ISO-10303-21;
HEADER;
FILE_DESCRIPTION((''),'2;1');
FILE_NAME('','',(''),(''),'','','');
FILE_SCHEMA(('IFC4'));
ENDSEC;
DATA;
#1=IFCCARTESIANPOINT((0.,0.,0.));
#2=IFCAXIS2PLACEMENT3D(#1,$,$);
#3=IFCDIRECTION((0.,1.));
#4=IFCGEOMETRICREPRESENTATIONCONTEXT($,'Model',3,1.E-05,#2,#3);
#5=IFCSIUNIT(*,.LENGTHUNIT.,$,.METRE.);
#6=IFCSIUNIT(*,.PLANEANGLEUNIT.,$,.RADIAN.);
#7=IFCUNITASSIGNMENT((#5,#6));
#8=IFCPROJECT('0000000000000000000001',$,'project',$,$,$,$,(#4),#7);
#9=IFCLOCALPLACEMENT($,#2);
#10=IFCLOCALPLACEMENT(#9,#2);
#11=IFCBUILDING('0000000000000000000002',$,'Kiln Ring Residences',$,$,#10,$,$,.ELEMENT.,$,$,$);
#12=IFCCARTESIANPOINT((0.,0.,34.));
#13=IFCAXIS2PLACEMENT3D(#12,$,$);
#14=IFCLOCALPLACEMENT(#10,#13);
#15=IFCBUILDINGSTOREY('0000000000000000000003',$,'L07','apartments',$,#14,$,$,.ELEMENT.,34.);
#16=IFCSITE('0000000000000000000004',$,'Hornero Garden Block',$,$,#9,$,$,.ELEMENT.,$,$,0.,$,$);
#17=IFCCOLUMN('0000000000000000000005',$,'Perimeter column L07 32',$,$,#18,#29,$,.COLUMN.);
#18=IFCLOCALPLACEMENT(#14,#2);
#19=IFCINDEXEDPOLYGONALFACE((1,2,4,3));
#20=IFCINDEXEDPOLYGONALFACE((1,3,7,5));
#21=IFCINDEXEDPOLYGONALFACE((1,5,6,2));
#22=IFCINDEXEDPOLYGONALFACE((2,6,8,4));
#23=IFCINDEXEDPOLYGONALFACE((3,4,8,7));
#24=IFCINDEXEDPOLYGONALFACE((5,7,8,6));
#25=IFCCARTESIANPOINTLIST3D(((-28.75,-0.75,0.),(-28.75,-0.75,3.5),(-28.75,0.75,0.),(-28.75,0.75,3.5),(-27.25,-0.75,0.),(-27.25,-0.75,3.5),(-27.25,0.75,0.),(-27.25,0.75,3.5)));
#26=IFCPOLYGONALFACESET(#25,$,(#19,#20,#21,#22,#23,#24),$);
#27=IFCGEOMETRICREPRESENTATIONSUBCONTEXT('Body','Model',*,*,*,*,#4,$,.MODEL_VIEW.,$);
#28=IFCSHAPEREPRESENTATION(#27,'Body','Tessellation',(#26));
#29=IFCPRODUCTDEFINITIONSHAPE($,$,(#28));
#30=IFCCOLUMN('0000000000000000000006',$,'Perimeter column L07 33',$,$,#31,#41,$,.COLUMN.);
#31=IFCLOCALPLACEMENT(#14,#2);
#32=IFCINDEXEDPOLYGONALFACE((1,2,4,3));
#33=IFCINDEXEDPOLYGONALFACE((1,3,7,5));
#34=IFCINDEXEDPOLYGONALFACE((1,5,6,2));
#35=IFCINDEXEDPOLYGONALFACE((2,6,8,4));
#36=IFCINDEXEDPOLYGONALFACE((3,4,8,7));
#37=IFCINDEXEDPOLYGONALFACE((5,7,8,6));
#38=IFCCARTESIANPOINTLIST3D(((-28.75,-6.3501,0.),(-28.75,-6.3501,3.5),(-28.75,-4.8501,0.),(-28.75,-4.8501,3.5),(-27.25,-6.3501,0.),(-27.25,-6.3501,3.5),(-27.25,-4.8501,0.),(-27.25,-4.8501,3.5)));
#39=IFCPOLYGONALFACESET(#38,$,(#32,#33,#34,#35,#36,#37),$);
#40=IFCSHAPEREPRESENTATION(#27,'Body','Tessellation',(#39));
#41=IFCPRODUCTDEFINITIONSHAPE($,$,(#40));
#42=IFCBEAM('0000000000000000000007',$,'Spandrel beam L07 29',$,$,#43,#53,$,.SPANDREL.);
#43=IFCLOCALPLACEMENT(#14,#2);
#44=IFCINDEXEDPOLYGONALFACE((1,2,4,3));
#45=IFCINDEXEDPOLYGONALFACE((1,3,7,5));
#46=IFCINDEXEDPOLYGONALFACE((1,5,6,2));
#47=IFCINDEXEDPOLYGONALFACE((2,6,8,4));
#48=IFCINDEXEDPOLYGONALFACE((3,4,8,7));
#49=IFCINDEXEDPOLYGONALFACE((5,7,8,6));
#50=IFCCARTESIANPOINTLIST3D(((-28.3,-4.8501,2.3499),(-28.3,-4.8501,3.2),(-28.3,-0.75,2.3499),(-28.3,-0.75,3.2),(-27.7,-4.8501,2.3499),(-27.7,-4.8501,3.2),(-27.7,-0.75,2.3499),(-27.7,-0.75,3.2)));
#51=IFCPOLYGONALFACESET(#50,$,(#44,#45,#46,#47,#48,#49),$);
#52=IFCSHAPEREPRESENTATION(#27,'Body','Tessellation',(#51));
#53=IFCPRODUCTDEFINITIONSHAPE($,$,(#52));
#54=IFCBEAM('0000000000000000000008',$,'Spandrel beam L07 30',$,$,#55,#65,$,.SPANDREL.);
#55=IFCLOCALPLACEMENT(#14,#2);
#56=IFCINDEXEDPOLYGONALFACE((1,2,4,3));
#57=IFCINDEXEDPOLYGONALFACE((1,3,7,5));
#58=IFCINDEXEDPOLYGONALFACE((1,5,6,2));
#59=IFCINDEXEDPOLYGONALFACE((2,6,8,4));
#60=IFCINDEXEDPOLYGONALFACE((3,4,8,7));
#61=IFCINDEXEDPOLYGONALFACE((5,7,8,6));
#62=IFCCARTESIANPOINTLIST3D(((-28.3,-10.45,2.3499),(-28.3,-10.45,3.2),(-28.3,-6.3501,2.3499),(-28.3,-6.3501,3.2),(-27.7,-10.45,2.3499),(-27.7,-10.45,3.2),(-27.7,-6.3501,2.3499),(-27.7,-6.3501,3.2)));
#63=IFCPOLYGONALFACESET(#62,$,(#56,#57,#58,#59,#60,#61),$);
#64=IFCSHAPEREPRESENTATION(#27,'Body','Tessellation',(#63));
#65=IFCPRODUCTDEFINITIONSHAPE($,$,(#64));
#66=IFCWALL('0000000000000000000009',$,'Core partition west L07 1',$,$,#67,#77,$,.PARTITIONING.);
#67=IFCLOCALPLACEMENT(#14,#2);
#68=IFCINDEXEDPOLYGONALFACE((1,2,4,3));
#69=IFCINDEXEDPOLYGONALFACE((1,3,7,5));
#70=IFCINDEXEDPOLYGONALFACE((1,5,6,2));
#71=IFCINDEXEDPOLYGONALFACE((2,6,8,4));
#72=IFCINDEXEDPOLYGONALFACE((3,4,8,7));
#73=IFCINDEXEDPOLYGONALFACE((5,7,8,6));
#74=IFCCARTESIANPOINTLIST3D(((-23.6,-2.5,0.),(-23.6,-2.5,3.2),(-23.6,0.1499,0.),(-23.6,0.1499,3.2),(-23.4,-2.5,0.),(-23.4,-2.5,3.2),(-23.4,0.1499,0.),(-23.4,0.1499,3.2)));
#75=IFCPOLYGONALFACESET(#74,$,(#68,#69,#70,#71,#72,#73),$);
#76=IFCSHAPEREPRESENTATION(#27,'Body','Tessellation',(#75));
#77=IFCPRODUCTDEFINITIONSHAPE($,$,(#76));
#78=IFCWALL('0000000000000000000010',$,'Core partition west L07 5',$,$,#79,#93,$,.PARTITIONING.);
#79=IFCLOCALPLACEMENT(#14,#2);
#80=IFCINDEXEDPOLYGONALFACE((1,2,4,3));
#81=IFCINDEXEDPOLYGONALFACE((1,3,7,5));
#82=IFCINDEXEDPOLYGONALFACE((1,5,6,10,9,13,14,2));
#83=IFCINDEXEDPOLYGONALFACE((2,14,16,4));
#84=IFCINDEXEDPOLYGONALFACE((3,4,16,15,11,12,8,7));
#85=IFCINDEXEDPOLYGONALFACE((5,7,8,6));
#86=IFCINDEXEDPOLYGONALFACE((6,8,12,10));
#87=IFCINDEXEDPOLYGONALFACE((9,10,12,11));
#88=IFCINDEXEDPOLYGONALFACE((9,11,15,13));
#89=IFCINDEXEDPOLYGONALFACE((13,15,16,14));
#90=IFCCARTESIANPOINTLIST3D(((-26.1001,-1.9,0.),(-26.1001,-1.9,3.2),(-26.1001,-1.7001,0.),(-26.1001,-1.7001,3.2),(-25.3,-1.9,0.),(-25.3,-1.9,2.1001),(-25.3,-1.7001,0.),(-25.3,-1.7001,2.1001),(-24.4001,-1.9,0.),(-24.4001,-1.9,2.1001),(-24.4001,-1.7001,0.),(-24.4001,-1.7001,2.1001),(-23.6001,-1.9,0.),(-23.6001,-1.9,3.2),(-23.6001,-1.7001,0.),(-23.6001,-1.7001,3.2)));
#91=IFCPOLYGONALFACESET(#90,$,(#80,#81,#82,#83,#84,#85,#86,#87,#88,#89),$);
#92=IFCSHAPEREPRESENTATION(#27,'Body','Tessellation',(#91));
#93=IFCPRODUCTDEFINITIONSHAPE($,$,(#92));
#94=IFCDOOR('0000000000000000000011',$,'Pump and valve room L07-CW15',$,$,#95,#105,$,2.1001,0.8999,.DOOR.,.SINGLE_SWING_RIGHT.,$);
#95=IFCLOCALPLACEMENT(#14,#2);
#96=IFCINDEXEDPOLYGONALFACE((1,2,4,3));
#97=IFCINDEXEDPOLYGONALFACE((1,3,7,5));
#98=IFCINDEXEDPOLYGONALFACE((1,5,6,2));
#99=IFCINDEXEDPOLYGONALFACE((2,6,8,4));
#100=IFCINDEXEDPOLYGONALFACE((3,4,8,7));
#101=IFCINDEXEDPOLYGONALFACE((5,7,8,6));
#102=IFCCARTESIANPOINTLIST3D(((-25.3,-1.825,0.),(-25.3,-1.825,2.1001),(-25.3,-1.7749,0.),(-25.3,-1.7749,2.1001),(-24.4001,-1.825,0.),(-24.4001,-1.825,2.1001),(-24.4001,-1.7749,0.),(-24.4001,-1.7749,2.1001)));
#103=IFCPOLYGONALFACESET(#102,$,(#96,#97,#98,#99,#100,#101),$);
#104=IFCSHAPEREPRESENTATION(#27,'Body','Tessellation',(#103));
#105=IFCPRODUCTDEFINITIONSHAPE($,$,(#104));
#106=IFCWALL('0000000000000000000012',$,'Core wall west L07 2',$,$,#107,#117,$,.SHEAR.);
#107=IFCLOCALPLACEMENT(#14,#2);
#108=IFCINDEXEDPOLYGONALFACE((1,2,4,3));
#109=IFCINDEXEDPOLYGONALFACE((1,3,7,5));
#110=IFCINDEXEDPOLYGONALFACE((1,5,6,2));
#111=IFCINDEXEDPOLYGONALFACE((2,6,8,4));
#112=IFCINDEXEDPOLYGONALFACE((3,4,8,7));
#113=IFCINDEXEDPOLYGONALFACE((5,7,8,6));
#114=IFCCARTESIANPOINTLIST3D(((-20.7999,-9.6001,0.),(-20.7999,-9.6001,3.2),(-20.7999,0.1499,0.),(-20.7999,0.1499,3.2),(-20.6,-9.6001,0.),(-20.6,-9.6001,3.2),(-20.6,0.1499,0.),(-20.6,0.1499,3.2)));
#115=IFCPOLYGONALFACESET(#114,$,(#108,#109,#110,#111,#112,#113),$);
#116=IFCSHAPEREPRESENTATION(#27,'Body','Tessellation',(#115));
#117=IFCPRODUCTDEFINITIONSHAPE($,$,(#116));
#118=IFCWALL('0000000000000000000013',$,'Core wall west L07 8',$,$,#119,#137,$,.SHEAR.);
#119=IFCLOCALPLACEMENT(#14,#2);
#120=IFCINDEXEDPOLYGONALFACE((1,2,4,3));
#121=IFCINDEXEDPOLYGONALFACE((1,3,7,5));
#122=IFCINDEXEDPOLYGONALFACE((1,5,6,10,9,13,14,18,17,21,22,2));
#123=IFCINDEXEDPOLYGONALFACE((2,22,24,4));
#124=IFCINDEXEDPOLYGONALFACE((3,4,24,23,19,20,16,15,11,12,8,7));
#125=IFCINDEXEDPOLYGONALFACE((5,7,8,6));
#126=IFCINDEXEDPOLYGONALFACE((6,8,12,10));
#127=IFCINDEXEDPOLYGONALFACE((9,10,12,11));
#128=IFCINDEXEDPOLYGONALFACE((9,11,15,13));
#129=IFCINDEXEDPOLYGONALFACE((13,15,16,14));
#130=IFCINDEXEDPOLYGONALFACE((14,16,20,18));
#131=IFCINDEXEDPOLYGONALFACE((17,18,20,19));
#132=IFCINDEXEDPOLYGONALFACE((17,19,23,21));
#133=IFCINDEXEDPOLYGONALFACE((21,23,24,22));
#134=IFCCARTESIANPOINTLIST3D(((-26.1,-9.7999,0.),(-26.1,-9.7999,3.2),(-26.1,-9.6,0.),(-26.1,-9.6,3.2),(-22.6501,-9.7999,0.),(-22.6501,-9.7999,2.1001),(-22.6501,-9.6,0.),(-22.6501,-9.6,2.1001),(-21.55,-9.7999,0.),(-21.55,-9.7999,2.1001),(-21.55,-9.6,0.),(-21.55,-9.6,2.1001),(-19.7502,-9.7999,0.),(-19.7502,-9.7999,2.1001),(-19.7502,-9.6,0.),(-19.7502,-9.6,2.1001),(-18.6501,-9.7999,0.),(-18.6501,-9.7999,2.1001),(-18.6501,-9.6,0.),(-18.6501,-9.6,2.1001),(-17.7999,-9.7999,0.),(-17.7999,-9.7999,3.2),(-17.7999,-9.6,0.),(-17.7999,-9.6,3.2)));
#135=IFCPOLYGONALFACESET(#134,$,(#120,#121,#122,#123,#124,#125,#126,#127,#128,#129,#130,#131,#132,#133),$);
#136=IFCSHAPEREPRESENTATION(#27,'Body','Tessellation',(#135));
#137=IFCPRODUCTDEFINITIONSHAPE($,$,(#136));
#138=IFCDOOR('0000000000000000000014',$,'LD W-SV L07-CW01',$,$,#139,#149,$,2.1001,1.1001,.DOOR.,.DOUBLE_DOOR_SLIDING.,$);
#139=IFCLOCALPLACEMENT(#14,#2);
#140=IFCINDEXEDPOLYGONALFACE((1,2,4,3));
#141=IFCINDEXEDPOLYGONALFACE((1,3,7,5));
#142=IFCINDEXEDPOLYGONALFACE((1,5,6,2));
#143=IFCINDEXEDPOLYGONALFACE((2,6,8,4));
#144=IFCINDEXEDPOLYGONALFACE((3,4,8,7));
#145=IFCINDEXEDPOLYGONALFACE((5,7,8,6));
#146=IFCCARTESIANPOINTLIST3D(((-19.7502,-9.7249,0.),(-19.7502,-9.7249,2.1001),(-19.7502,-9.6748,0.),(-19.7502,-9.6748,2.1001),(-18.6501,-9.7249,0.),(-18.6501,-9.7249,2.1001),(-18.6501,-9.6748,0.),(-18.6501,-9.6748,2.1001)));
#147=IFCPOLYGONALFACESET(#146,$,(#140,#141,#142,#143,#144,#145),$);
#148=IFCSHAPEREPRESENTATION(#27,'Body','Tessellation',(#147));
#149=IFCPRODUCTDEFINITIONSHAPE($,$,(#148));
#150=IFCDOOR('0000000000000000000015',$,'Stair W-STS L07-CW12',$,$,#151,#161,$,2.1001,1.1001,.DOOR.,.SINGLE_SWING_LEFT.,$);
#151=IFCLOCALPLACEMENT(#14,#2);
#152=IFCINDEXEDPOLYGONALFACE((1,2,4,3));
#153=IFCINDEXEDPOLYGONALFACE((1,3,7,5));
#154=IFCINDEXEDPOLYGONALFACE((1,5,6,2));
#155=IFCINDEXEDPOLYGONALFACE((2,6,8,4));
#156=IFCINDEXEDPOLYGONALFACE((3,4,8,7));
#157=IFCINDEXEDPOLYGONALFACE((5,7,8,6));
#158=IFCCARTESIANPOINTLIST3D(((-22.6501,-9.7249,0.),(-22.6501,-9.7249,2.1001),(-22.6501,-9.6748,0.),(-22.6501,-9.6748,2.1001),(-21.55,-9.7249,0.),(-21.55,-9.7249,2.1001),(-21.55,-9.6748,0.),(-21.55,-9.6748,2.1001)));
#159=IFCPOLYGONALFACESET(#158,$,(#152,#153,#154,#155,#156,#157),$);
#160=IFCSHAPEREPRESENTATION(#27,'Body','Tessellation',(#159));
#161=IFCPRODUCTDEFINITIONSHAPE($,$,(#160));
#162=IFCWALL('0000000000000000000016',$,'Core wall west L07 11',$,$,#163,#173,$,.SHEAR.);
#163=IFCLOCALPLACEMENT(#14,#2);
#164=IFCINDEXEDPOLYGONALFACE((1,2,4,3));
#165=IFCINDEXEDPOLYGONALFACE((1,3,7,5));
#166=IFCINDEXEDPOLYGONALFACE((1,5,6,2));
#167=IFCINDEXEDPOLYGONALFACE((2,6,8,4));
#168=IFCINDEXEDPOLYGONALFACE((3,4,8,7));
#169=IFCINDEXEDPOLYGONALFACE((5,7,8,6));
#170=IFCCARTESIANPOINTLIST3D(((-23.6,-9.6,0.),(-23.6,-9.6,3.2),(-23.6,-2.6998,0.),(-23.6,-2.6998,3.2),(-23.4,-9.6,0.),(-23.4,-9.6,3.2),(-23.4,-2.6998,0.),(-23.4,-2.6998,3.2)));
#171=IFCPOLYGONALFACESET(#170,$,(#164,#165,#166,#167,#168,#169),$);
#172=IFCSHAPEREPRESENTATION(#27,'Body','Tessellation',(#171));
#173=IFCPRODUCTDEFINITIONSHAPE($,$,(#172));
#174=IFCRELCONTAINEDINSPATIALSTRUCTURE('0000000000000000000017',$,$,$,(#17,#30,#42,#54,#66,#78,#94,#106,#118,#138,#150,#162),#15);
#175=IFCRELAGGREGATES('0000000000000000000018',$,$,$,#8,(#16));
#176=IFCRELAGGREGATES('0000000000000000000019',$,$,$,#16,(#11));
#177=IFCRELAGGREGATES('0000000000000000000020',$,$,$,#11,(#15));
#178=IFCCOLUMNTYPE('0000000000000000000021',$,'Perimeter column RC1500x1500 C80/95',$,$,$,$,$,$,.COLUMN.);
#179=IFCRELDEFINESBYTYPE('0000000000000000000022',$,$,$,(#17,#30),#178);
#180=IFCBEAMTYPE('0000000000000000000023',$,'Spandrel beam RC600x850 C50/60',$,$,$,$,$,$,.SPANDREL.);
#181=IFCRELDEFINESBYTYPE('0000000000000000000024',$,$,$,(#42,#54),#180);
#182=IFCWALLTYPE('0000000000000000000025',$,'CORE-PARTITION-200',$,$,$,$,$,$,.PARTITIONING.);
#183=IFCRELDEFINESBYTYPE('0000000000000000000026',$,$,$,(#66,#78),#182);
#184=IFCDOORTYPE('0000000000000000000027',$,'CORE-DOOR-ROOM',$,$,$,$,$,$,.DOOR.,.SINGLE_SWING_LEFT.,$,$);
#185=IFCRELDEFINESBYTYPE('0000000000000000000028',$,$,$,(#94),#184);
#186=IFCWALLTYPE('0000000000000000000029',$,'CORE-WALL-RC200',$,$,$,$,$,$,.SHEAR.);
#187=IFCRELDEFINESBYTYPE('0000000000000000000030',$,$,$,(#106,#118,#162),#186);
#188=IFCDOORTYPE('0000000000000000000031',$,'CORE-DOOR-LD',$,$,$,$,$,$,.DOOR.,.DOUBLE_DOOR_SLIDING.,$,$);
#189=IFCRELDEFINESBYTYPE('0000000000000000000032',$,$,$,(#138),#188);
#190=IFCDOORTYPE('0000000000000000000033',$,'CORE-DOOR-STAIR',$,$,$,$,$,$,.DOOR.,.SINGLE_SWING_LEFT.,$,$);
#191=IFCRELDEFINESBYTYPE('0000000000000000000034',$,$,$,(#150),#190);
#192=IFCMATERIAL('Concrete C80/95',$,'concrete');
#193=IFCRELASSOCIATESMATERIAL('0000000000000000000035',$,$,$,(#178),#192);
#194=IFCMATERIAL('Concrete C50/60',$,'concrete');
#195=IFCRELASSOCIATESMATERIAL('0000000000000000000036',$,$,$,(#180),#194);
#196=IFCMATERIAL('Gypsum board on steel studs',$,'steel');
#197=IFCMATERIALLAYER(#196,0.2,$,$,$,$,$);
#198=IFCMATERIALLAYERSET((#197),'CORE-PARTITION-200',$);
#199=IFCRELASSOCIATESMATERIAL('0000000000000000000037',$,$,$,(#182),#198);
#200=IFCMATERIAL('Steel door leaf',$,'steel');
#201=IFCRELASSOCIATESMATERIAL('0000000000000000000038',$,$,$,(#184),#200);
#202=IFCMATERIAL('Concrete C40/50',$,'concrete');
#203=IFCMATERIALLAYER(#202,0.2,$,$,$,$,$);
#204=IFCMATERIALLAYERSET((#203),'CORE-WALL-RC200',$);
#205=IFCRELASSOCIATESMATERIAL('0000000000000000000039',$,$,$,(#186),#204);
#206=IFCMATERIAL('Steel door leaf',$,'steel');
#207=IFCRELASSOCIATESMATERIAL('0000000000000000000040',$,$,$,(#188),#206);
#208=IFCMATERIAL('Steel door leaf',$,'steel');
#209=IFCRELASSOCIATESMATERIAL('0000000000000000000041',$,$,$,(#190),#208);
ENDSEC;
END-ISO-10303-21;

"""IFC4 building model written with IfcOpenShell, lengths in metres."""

from ifc_helpers import new_model, si_unit, direction, frame, frame_2d, origin, origin_2d, place, context, subcontext, project, spatial, rectangle, extrude, material, layer, layer_set, material_profile, profile_set, type_object, element, fill, save


model = new_model("IFC4")

# Units and contexts
model_context = context("Model", 3, precision=1e-05, world=origin(), true_north=direction((0.0, 1.0)))
body_context = subcontext(model_context, "Body", "Model", "MODEL_VIEW")
ifc_project = project(units=[si_unit("LENGTHUNIT", "METRE"), si_unit("PLANEANGLEUNIT", "RADIAN")], contexts=[model_context])

# Site, building, storey
site_placement = place(None, origin())
site = spatial("IfcSite", under=ifc_project, at=site_placement, Name="Hornero Garden Block", CompositionType="ELEMENT", RefElevation=0.0)
building_placement = place(site_placement, origin())
building = spatial("IfcBuilding", under=site, at=building_placement, Name="Kiln Ring Residences", CompositionType="ELEMENT")
storey_placement = place(building_placement, frame((0.0, 0.0, 34.0)))
storey = spatial("IfcBuildingStorey", under=building, at=storey_placement, Name="L07", Description="apartments", CompositionType="ELEMENT", Elevation=34.0)

# Columns
ifc_material_1 = material(Name="Concrete C80/95", Category="concrete")
ifc_material_profile_1 = material_profile(ifc_material_1, rectangle(XDim=1.5, YDim=1.5, at=origin_2d()), Name="RC1500x1500")
ifc_profile_set_1 = profile_set([ifc_material_profile_1], Name="Concrete C80/95")
column_type = type_object("IfcColumnType", Name="Perimeter column RC1500x1500 C80/95", PredefinedType="COLUMN", material=ifc_profile_set_1)
for number, where, z_axis, x_axis, name in (
    (1, (-28.0, 0.0, 0.0), (0.0, 0.0, 1.0), (1.0, 0.0, 0.0), "Perimeter column L07 32"),
    (2, (-28.0, -5.6001, 0.0), (0.0, 0.0, 1.0), (1.0, 0.0, 0.0), "Perimeter column L07 33"),
):
    element("IfcColumn", number, at=place(storey_placement, frame(where, z_axis=z_axis, x_axis=x_axis)), inside=storey, type_object=column_type, Name=name, PredefinedType="COLUMN", context=body_context, shape_type="SweptSolid", body=[
        extrude(rectangle(XDim=1.5, YDim=1.5, at=origin_2d()), origin(), (0.0, 0.0, 1.0), 3.5),
    ])

# Beams
ifc_material_2 = material(Name="Concrete C50/60", Category="concrete")
ifc_material_profile_2 = material_profile(ifc_material_2, rectangle(XDim=0.6001, YDim=0.8501, at=origin_2d()), Name="RC600x850")
ifc_profile_set_2 = profile_set([ifc_material_profile_2], Name="Concrete C50/60")
beam_type = type_object("IfcBeamType", Name="Spandrel beam RC600x850 C50/60", PredefinedType="SPANDREL", material=ifc_profile_set_2)
beam_1_placement = place(storey_placement, frame((-28.0, -0.75, 2.7749), z_axis=(0.0, -1.0, 0.0), x_axis=(1.0, 0.0, 0.0)))
element("IfcBeam", 3, at=beam_1_placement, inside=storey, type_object=beam_type, Name="Spandrel beam L07 29", PredefinedType="SPANDREL", context=body_context, shape_type="SweptSolid", body=[
    extrude(rectangle(XDim=0.6001, YDim=0.8501, at=origin_2d()), origin(), (0.0, 0.0, 1.0), 4.1001),
])
beam_2_placement = place(storey_placement, frame((-28.0, -6.3501, 2.7749), z_axis=(0.0, -1.0, 0.0), x_axis=(1.0, 0.0, 0.0)))
element("IfcBeam", 4, at=beam_2_placement, inside=storey, type_object=beam_type, Name="Spandrel beam L07 30", PredefinedType="SPANDREL", context=body_context, shape_type="SweptSolid", body=[
    extrude(rectangle(XDim=0.6001, YDim=0.8501, at=origin_2d()), origin(), (0.0, 0.0, 1.0), 4.0999),
])

# Wall
ifc_material_3 = material(Name="Gypsum board on steel studs", Category="steel")
ifc_layer_1 = layer(ifc_material_3, 0.2)
ifc_layer_set_1 = layer_set([ifc_layer_1], Name="CORE-PARTITION-200")
wall_type_1 = type_object("IfcWallType", Name="CORE-PARTITION-200", PredefinedType="PARTITIONING", material=ifc_layer_set_1)
wall_1_placement = place(storey_placement, frame((-23.5, -2.5, 0.0), z_axis=(0.0, 0.0, 1.0), x_axis=(0.0, 1.0, 0.0)))
element("IfcWall", 5, at=wall_1_placement, inside=storey, type_object=wall_type_1, Name="Core partition west L07 1", PredefinedType="PARTITIONING", context=body_context, shape_type="SweptSolid", body=[
    extrude(rectangle(XDim=2.6499, YDim=0.2, at=frame_2d((1.325, 0.0))), origin(), (0.0, 0.0, 1.0), 3.2),
])

# Wall, opening, door
wall_2_placement = place(storey_placement, frame((-23.6001, -1.8, 0.0), z_axis=(0.0, 0.0, 1.0), x_axis=(-1.0, 0.0, 0.0)))
wall_2 = element("IfcWall", 6, at=wall_2_placement, inside=storey, type_object=wall_type_1, Name="Core partition west L07 5", PredefinedType="PARTITIONING", context=body_context, shape_type="SweptSolid", body=[
    extrude(rectangle(XDim=2.5, YDim=0.2, at=frame_2d((1.25, 0.0))), origin(), (0.0, 0.0, 1.0), 3.2),
])
opening_1_placement = place(wall_2_placement, frame((0.8, 0.0, 0.0)))
opening_1 = element("IfcOpeningElement", 7, at=opening_1_placement, cuts=wall_2, PredefinedType="OPENING", context=body_context, shape_type="SweptSolid", body=[
    extrude(rectangle(XDim=0.8999, YDim=2.1001, at=frame_2d((0.45, 1.05))), frame((0.0, 0.1099, 0.0), z_axis=(0.0, -1.0, 0.0), x_axis=(1.0, 0.0, 0.0)), (0.0, 0.0, 1.0), 0.22),
])
ifc_material_4 = material(Name="Steel door leaf", Category="steel")
door_type_1 = type_object("IfcDoorType", Name="CORE-DOOR-ROOM", OperationType="SINGLE_SWING_LEFT", PredefinedType="DOOR", material=ifc_material_4)
door_1_placement = place(opening_1_placement, origin())
door_1 = element("IfcDoor", 8, at=door_1_placement, inside=storey, type_object=door_type_1, Name="Pump and valve room L07-CW15", OperationType="SINGLE_SWING_RIGHT", OverallHeight=2.1001, OverallWidth=0.8999, PredefinedType="DOOR", context=body_context, shape_type="SweptSolid", body=[
    extrude(rectangle(XDim=0.8999, YDim=2.1001, at=frame_2d((0.45, 1.05))), frame((0.0, 0.0249, 0.0), z_axis=(0.0, -1.0, 0.0), x_axis=(1.0, 0.0, 0.0)), (0.0, 0.0, 1.0), 0.05),
])
fill(opening_1, door_1)

# Wall
ifc_material_5 = material(Name="Concrete C40/50", Category="concrete")
ifc_layer_2 = layer(ifc_material_5, 0.2)
ifc_layer_set_2 = layer_set([ifc_layer_2], Name="CORE-WALL-RC200")
wall_type_2 = type_object("IfcWallType", Name="CORE-WALL-RC200", PredefinedType="SHEAR", material=ifc_layer_set_2)
wall_3_placement = place(storey_placement, frame((-20.7, -9.6001, 0.0), z_axis=(0.0, 0.0, 1.0), x_axis=(0.0, 1.0, 0.0)))
element("IfcWall", 9, at=wall_3_placement, inside=storey, type_object=wall_type_2, Name="Core wall west L07 2", PredefinedType="SHEAR", context=body_context, shape_type="SweptSolid", body=[
    extrude(rectangle(XDim=9.75, YDim=0.2, at=frame_2d((4.875, 0.0))), origin(), (0.0, 0.0, 1.0), 3.2),
])

# Wall, openings, doors
wall_4_placement = place(storey_placement, frame((-17.8, -9.7, 0.0), z_axis=(0.0, 0.0, 1.0), x_axis=(-1.0, 0.0, 0.0)))
wall_4 = element("IfcWall", 10, at=wall_4_placement, inside=storey, type_object=wall_type_2, Name="Core wall west L07 8", PredefinedType="SHEAR", context=body_context, shape_type="SweptSolid", body=[
    extrude(rectangle(XDim=8.3, YDim=0.2, at=frame_2d((4.1499, 0.0))), origin(), (0.0, 0.0, 1.0), 3.2),
])
opening_2_placement = place(wall_4_placement, frame((0.8501, 0.0, 0.0)))
opening_2 = element("IfcOpeningElement", 11, at=opening_2_placement, cuts=wall_4, PredefinedType="OPENING", context=body_context, shape_type="SweptSolid", body=[
    extrude(rectangle(XDim=1.1001, YDim=2.1001, at=frame_2d((0.55, 1.05))), frame((0.0, 0.1099, 0.0), z_axis=(0.0, -1.0, 0.0), x_axis=(1.0, 0.0, 0.0)), (0.0, 0.0, 1.0), 0.22),
])
opening_3_placement = place(wall_4_placement, frame((3.75, 0.0, 0.0)))
opening_3 = element("IfcOpeningElement", 12, at=opening_3_placement, cuts=wall_4, PredefinedType="OPENING", context=body_context, shape_type="SweptSolid", body=[
    extrude(rectangle(XDim=1.1001, YDim=2.1001, at=frame_2d((0.55, 1.05))), frame((0.0, 0.1099, 0.0), z_axis=(0.0, -1.0, 0.0), x_axis=(1.0, 0.0, 0.0)), (0.0, 0.0, 1.0), 0.22),
])
ifc_material_6 = material(Name="Steel door leaf", Category="steel")
door_type_2 = type_object("IfcDoorType", Name="CORE-DOOR-LD", OperationType="DOUBLE_DOOR_SLIDING", PredefinedType="DOOR", material=ifc_material_6)
door_2_placement = place(opening_2_placement, origin())
door_2 = element("IfcDoor", 13, at=door_2_placement, inside=storey, type_object=door_type_2, Name="LD W-SV L07-CW01", OperationType="DOUBLE_DOOR_SLIDING", OverallHeight=2.1001, OverallWidth=1.1001, PredefinedType="DOOR", context=body_context, shape_type="SweptSolid", body=[
    extrude(rectangle(XDim=1.1001, YDim=2.1001, at=frame_2d((0.55, 1.05))), frame((0.0, 0.0249, 0.0), z_axis=(0.0, -1.0, 0.0), x_axis=(1.0, 0.0, 0.0)), (0.0, 0.0, 1.0), 0.05),
])
fill(opening_2, door_2)
ifc_material_7 = material(Name="Steel door leaf", Category="steel")
door_type_3 = type_object("IfcDoorType", Name="CORE-DOOR-STAIR", OperationType="SINGLE_SWING_LEFT", PredefinedType="DOOR", material=ifc_material_7)
door_3_placement = place(opening_3_placement, origin())
door_3 = element("IfcDoor", 14, at=door_3_placement, inside=storey, type_object=door_type_3, Name="Stair W-STS L07-CW12", OperationType="SINGLE_SWING_LEFT", OverallHeight=2.1001, OverallWidth=1.1001, PredefinedType="DOOR", context=body_context, shape_type="SweptSolid", body=[
    extrude(rectangle(XDim=1.1001, YDim=2.1001, at=frame_2d((0.55, 1.05))), frame((0.0, 0.0249, 0.0), z_axis=(0.0, -1.0, 0.0), x_axis=(1.0, 0.0, 0.0)), (0.0, 0.0, 1.0), 0.05),
])
fill(opening_3, door_3)

# Wall
wall_5_placement = place(storey_placement, frame((-23.5, -9.6001, 0.0), z_axis=(0.0, 0.0, 1.0), x_axis=(0.0, 1.0, 0.0)))
element("IfcWall", 15, at=wall_5_placement, inside=storey, type_object=wall_type_2, Name="Core wall west L07 11", PredefinedType="SHEAR", context=body_context, shape_type="SweptSolid", body=[
    extrude(rectangle(XDim=6.9001, YDim=0.2, at=frame_2d((3.4502, 0.0))), origin(), (0.0, 0.0, 1.0), 3.2),
])

save(model, "model.ifc")
